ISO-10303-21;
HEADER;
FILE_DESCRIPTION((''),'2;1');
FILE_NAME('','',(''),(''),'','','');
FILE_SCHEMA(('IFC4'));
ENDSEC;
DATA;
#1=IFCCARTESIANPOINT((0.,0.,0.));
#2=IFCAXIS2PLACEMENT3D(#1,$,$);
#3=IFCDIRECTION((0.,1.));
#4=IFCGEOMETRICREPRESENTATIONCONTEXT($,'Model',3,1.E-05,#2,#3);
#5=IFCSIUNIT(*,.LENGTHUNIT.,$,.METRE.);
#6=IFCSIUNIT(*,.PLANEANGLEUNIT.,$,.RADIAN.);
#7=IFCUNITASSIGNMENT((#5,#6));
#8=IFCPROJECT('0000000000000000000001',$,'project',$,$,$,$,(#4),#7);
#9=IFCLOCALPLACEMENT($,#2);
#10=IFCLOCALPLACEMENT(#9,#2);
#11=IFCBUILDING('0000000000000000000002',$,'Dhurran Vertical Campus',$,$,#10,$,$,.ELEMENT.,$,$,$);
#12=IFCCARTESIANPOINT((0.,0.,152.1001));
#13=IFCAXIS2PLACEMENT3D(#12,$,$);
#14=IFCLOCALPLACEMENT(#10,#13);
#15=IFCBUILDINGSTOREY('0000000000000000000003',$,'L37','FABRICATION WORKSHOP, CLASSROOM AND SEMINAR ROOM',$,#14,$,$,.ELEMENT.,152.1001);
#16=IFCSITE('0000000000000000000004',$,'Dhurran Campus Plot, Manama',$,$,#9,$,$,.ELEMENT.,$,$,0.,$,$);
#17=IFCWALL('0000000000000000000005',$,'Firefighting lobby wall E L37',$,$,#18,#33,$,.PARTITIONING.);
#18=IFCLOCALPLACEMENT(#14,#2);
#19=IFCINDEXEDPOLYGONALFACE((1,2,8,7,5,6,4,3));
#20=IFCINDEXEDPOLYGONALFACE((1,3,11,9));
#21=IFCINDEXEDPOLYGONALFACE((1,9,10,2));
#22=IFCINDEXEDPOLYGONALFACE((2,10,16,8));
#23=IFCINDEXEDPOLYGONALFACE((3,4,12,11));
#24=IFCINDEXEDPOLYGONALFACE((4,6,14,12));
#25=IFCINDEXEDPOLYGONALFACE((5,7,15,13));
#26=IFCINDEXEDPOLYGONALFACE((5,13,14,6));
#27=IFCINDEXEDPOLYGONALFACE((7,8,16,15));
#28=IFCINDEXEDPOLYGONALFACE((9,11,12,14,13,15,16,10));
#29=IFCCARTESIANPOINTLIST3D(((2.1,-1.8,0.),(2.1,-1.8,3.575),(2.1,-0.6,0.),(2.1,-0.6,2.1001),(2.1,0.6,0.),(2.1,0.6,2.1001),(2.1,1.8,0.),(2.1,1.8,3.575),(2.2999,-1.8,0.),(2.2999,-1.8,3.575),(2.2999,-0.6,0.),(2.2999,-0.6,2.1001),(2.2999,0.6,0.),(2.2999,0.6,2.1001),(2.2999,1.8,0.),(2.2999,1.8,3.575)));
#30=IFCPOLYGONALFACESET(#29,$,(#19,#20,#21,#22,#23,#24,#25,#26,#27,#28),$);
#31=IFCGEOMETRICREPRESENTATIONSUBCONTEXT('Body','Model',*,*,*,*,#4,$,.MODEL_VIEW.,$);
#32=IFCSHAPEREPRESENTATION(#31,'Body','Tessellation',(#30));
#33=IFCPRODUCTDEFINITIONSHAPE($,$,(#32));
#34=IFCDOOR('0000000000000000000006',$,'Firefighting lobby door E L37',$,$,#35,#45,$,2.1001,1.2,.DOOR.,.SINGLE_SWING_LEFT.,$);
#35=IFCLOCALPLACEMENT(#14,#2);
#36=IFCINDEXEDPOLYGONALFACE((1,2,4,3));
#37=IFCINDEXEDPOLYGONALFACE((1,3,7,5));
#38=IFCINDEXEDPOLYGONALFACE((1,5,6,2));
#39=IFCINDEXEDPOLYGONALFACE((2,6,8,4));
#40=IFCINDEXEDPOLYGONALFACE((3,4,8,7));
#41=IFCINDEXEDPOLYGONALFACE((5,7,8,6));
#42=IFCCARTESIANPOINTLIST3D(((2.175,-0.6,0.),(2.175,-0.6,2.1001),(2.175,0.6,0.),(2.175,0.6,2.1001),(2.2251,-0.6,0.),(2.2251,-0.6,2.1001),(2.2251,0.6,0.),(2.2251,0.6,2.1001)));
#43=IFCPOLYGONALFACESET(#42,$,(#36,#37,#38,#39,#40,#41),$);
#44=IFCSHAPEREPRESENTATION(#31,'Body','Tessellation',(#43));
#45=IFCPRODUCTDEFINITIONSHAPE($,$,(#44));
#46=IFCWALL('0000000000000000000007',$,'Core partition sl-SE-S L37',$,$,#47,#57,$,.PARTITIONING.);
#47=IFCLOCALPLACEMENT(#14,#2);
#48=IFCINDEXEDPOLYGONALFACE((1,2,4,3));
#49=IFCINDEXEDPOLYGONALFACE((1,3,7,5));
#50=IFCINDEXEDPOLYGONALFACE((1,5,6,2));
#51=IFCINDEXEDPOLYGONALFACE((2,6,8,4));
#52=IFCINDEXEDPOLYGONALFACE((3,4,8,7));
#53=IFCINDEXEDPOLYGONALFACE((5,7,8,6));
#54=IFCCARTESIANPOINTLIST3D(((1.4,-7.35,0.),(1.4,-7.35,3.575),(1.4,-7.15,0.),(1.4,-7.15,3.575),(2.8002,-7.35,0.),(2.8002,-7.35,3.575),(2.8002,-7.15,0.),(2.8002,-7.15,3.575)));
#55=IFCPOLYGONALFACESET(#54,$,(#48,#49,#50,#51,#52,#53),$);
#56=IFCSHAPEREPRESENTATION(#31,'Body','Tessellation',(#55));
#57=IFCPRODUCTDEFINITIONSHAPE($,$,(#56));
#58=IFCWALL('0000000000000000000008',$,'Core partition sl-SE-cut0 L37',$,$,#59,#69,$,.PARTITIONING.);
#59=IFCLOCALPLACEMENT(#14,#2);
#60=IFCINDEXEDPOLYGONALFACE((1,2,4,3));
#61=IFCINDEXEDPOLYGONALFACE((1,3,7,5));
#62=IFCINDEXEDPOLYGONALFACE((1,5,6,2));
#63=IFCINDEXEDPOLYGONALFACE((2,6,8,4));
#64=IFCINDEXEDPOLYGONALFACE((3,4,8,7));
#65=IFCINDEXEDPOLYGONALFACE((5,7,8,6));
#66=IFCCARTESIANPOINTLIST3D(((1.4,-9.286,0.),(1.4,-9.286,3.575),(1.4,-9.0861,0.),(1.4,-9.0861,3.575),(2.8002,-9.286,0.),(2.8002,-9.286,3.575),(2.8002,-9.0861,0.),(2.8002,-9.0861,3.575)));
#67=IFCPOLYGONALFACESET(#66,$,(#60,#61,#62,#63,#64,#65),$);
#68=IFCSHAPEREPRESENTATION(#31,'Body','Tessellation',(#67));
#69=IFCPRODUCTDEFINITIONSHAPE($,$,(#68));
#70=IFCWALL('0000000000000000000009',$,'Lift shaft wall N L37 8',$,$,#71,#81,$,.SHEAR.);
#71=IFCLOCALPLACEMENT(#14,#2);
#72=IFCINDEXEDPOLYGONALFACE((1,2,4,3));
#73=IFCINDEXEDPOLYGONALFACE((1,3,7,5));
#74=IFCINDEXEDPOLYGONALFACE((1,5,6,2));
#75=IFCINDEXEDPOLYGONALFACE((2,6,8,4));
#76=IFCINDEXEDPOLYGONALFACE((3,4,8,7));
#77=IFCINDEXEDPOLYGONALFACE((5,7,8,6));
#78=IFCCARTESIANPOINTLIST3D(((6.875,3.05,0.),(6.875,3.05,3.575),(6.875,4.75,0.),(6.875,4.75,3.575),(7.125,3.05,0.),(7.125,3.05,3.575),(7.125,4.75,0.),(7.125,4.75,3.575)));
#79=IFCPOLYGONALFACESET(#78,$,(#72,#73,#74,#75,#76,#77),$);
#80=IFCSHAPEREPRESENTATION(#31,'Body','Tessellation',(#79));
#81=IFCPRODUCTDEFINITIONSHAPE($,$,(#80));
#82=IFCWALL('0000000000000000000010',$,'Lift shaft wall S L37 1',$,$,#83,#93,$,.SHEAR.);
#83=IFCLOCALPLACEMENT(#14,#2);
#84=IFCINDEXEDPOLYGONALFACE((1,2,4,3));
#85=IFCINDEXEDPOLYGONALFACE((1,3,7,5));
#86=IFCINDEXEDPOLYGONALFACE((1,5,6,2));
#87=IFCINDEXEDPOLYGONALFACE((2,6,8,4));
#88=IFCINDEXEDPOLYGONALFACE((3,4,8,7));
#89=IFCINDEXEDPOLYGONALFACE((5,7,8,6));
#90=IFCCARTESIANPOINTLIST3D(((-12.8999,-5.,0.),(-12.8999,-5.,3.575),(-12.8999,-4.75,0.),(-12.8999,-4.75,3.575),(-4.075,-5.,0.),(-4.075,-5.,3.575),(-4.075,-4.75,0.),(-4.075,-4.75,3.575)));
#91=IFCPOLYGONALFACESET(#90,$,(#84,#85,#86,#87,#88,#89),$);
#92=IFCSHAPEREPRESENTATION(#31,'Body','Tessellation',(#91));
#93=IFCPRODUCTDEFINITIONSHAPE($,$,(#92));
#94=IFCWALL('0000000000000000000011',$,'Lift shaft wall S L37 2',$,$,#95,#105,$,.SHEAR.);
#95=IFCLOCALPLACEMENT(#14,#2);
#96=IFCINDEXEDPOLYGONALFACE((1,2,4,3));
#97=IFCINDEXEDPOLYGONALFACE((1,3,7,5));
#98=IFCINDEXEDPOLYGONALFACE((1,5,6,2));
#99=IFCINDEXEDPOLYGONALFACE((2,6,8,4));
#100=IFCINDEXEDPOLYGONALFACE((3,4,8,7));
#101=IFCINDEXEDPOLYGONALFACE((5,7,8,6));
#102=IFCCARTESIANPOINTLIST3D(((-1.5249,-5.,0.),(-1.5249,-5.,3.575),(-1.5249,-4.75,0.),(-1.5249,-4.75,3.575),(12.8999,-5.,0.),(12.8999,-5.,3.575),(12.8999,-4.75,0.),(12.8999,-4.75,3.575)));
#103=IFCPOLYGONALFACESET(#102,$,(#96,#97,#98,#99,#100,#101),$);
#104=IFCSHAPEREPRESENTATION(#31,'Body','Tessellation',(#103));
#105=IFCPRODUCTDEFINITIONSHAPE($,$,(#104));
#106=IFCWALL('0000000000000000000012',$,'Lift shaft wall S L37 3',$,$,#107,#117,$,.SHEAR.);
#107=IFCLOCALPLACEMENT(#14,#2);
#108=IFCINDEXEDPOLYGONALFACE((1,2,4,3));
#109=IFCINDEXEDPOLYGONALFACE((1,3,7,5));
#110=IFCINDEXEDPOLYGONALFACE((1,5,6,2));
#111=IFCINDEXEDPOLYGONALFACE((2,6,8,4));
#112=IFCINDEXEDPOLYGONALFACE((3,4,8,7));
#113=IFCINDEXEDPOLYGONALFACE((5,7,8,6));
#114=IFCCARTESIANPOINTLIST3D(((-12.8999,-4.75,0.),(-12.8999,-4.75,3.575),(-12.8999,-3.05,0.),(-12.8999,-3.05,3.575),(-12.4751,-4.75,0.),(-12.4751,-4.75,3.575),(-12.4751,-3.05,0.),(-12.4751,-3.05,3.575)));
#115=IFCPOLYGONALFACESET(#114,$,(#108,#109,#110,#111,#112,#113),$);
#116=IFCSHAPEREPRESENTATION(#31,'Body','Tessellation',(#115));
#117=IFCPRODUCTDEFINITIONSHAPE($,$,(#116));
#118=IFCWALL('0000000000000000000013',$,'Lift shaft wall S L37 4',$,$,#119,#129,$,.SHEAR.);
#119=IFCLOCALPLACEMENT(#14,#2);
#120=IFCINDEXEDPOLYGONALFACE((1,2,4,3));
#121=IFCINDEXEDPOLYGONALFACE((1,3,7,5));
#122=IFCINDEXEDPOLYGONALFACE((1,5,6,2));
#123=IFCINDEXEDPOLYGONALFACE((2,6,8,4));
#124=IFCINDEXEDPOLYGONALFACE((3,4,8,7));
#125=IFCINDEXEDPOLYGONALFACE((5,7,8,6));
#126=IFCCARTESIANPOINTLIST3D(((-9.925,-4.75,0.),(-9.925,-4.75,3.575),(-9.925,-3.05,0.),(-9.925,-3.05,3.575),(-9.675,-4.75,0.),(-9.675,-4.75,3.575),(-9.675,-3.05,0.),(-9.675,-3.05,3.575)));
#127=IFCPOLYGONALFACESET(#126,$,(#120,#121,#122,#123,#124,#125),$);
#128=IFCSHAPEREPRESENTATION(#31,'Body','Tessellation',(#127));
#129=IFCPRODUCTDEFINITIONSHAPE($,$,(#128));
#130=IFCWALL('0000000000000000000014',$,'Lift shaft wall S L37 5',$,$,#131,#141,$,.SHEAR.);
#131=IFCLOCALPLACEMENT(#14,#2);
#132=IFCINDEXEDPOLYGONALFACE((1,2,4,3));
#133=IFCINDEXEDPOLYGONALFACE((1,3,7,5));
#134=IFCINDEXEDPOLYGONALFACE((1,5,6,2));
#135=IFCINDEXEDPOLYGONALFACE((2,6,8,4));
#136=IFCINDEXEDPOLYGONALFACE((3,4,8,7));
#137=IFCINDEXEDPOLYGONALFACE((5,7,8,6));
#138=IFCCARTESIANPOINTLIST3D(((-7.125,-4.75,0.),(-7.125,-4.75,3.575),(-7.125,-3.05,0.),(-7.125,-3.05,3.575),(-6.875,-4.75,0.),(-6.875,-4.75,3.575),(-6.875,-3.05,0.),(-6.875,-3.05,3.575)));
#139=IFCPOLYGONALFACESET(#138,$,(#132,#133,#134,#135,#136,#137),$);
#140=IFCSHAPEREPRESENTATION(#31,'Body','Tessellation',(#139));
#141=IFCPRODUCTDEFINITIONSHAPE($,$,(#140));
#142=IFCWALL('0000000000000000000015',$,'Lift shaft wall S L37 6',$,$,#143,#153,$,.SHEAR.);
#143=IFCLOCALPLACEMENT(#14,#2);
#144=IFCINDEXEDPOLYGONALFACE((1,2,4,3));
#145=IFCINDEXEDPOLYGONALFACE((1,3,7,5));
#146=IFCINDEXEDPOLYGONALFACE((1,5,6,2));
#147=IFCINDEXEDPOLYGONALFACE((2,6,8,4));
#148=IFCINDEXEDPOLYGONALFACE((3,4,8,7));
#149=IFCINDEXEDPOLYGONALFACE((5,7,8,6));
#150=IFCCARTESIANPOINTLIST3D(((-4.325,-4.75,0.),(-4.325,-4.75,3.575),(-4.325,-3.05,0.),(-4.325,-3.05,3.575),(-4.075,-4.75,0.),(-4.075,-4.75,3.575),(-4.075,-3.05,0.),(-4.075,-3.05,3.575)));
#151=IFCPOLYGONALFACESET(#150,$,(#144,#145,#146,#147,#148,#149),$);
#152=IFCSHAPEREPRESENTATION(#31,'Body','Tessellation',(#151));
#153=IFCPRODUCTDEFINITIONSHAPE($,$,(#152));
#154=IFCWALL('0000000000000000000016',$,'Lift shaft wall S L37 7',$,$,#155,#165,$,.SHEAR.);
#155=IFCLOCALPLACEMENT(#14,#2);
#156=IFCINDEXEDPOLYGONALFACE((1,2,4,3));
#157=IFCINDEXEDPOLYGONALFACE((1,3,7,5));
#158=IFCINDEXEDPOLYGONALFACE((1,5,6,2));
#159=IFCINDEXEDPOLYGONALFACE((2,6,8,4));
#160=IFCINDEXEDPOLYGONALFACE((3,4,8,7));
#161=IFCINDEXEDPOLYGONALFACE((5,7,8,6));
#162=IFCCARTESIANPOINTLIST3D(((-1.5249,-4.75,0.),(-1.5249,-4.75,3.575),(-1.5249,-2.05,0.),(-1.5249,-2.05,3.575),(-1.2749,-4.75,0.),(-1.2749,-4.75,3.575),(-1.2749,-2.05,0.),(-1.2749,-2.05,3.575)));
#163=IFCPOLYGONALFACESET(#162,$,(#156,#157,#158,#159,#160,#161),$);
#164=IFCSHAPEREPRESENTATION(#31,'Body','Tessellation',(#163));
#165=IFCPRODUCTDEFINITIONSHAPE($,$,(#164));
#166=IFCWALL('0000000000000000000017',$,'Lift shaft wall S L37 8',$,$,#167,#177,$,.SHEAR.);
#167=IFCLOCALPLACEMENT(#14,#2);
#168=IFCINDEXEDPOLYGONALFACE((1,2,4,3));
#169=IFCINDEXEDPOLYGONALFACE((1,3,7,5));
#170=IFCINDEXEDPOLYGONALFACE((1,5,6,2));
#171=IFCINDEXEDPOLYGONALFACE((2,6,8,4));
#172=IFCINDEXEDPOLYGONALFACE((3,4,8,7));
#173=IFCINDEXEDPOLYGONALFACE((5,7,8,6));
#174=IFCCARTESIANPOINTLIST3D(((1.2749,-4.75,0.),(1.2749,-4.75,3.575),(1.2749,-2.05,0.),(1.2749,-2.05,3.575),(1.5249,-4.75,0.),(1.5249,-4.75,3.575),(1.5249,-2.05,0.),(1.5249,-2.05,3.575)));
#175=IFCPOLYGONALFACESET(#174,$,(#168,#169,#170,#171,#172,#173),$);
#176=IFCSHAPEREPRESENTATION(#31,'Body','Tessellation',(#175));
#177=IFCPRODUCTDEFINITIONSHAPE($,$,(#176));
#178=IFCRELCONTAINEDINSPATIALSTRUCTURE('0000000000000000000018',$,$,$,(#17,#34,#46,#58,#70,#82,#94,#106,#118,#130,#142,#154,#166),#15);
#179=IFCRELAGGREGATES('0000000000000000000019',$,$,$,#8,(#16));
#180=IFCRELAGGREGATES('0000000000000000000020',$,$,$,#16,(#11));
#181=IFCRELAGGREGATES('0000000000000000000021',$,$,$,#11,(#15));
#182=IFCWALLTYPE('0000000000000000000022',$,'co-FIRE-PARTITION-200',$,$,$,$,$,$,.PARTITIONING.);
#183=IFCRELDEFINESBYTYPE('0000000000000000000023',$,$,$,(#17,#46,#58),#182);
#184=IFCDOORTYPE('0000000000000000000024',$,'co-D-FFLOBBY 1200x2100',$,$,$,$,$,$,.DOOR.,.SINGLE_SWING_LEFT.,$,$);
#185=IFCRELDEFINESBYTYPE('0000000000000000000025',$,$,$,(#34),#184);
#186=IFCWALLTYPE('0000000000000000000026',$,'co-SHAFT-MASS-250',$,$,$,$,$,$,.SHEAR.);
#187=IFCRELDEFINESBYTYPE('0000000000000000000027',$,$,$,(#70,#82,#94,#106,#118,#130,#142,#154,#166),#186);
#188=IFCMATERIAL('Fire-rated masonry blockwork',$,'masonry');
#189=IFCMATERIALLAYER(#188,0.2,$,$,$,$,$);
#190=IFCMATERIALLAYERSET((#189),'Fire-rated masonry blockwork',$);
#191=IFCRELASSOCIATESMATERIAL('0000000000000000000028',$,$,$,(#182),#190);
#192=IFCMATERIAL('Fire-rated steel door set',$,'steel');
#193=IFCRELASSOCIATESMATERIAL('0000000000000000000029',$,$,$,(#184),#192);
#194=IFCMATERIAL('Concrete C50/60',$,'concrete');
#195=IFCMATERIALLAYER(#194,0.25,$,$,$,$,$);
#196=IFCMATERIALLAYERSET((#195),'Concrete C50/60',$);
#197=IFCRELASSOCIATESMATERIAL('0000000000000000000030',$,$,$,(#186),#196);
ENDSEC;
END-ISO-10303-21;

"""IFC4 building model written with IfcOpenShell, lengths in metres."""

from ifc_helpers import new_model, si_unit, direction, frame, frame_2d, origin, place, context, subcontext, project, spatial, polyline, rectangle, outline, extrude, material, layer, layer_set, type_object, element, fill, save


model = new_model("IFC4")

# Units and contexts
model_context = context("Model", 3, precision=1e-05, world=origin(), true_north=direction((0.0, 1.0)))
body_context = subcontext(model_context, "Body", "Model", "MODEL_VIEW")
ifc_project = project(units=[si_unit("LENGTHUNIT", "METRE"), si_unit("PLANEANGLEUNIT", "RADIAN")], contexts=[model_context])

# Site, building, storey
site_placement = place(None, origin())
site = spatial("IfcSite", under=ifc_project, at=site_placement, Name="Dhurran Campus Plot, Manama", CompositionType="ELEMENT", RefElevation=0.0)
building_placement = place(site_placement, origin())
building = spatial("IfcBuilding", under=site, at=building_placement, Name="Dhurran Vertical Campus", CompositionType="ELEMENT")
storey_placement = place(building_placement, frame((0.0, 0.0, 152.1001)))
storey = spatial("IfcBuildingStorey", under=building, at=storey_placement, Name="L37", Description="FABRICATION WORKSHOP, CLASSROOM AND SEMINAR ROOM", CompositionType="ELEMENT", Elevation=152.1001)

# Wall, opening, door
ifc_material_1 = material(Name="Fire-rated masonry blockwork", Category="masonry")
ifc_layer_1 = layer(ifc_material_1, 0.2)
ifc_layer_set_1 = layer_set([ifc_layer_1], Name="Fire-rated masonry blockwork")
wall_type_1 = type_object("IfcWallType", Name="co-FIRE-PARTITION-200", PredefinedType="PARTITIONING", material=ifc_layer_set_1)
wall_1_placement = place(storey_placement, frame((2.2, -1.8, 0.0), z_axis=(0.0, 0.0, 1.0), x_axis=(0.0, 1.0, 0.0)))
wall_1 = element("IfcWall", 1, at=wall_1_placement, inside=storey, type_object=wall_type_1, Name="Firefighting lobby wall E L37", PredefinedType="PARTITIONING", context=body_context, shape_type="SweptSolid", body=[
    extrude(rectangle(XDim=3.6001, YDim=0.2, at=frame_2d((1.8, 0.0))), origin(), (0.0, 0.0, 1.0), 3.575),
])
opening_1_placement = place(wall_1_placement, frame((1.2, 0.0, 0.0)))
opening_1 = element("IfcOpeningElement", 2, at=opening_1_placement, cuts=wall_1, PredefinedType="OPENING", context=body_context, shape_type="SweptSolid", body=[
    extrude(rectangle(XDim=1.2, YDim=2.1001, at=frame_2d((0.6001, 1.05))), frame((0.0, 0.1099, 0.0), z_axis=(0.0, -1.0, 0.0), x_axis=(1.0, 0.0, 0.0)), (0.0, 0.0, 1.0), 0.22),
])
ifc_material_2 = material(Name="Fire-rated steel door set", Category="steel")
door_type_1 = type_object("IfcDoorType", Name="co-D-FFLOBBY 1200x2100", OperationType="SINGLE_SWING_LEFT", PredefinedType="DOOR", material=ifc_material_2)
door_1_placement = place(opening_1_placement, origin())
door_1 = element("IfcDoor", 3, at=door_1_placement, inside=storey, type_object=door_type_1, Name="Firefighting lobby door E L37", OperationType="SINGLE_SWING_LEFT", OverallHeight=2.1001, OverallWidth=1.2, PredefinedType="DOOR", context=body_context, shape_type="SweptSolid", body=[
    extrude(rectangle(XDim=1.2, YDim=2.1001, at=frame_2d((0.6001, 1.05))), frame((0.0, 0.0249, 0.0), z_axis=(0.0, -1.0, 0.0), x_axis=(1.0, 0.0, 0.0)), (0.0, 0.0, 1.0), 0.05),
])
fill(opening_1, door_1)

# Walls
for number, where, z_axis, x_axis, name in (
    (4, (1.3999, -7.25, 0.0), (0.0, 0.0, 1.0), (1.0, 0.0, 0.0), "Core partition sl-SE-S L37"),
    (5, (1.3999, -9.186, 0.0), (0.0, 0.0, 1.0), (1.0, 0.0, 0.0), "Core partition sl-SE-cut0 L37"),
):
    element("IfcWall", number, at=place(storey_placement, frame(where, z_axis=z_axis, x_axis=x_axis)), inside=storey, type_object=wall_type_1, Name=name, PredefinedType="PARTITIONING", context=body_context, shape_type="SweptSolid", body=[
        extrude(rectangle(XDim=1.4001, YDim=0.2, at=frame_2d((0.7002, 0.0))), origin(), (0.0, 0.0, 1.0), 3.575),
    ])
ifc_material_3 = material(Name="Concrete C50/60", Category="concrete")
ifc_layer_2 = layer(ifc_material_3, 0.25)
ifc_layer_set_2 = layer_set([ifc_layer_2], Name="Concrete C50/60")
wall_type_2 = type_object("IfcWallType", Name="co-SHAFT-MASS-250", PredefinedType="SHEAR", material=ifc_layer_set_2)
wall_2_placement = place(storey_placement, origin())
element("IfcWall", 6, at=wall_2_placement, inside=storey, type_object=wall_type_2, Name="Lift shaft wall N L37 8", PredefinedType="SHEAR", context=body_context, shape_type="SweptSolid", body=[
    extrude(outline(polyline([(6.875, 3.05), (7.125, 3.05), (7.125, 4.75), (6.875, 4.75), (6.875, 3.05)])), origin(), (0.0, 0.0, 1.0), 3.575),
])
wall_3_placement = place(storey_placement, origin())
element("IfcWall", 7, at=wall_3_placement, inside=storey, type_object=wall_type_2, Name="Lift shaft wall S L37 1", PredefinedType="SHEAR", context=body_context, shape_type="SweptSolid", body=[
    extrude(outline(polyline([(-12.8999, -5.0), (-4.075, -5.0), (-4.075, -4.75), (-12.8999, -4.75), (-12.8999, -5.0)])), origin(), (0.0, 0.0, 1.0), 3.575),
])
wall_4_placement = place(storey_placement, origin())
element("IfcWall", 8, at=wall_4_placement, inside=storey, type_object=wall_type_2, Name="Lift shaft wall S L37 2", PredefinedType="SHEAR", context=body_context, shape_type="SweptSolid", body=[
    extrude(outline(polyline([(-1.5249, -5.0), (12.8999, -5.0), (12.8999, -4.75), (-1.5249, -4.75), (-1.5249, -5.0)])), origin(), (0.0, 0.0, 1.0), 3.575),
])
wall_5_placement = place(storey_placement, origin())
element("IfcWall", 9, at=wall_5_placement, inside=storey, type_object=wall_type_2, Name="Lift shaft wall S L37 3", PredefinedType="SHEAR", context=body_context, shape_type="SweptSolid", body=[
    extrude(outline(polyline([(-12.8999, -4.75), (-12.4751, -4.75), (-12.4751, -3.05), (-12.8999, -3.05), (-12.8999, -4.75)])), origin(), (0.0, 0.0, 1.0), 3.575),
])
wall_6_placement = place(storey_placement, origin())
element("IfcWall", 10, at=wall_6_placement, inside=storey, type_object=wall_type_2, Name="Lift shaft wall S L37 4", PredefinedType="SHEAR", context=body_context, shape_type="SweptSolid", body=[
    extrude(outline(polyline([(-9.925, -4.75), (-9.675, -4.75), (-9.675, -3.05), (-9.925, -3.05), (-9.925, -4.75)])), origin(), (0.0, 0.0, 1.0), 3.575),
])
wall_7_placement = place(storey_placement, origin())
element("IfcWall", 11, at=wall_7_placement, inside=storey, type_object=wall_type_2, Name="Lift shaft wall S L37 5", PredefinedType="SHEAR", context=body_context, shape_type="SweptSolid", body=[
    extrude(outline(polyline([(-7.125, -4.75), (-6.875, -4.75), (-6.875, -3.05), (-7.125, -3.05), (-7.125, -4.75)])), origin(), (0.0, 0.0, 1.0), 3.575),
])
wall_8_placement = place(storey_placement, origin())
element("IfcWall", 12, at=wall_8_placement, inside=storey, type_object=wall_type_2, Name="Lift shaft wall S L37 6", PredefinedType="SHEAR", context=body_context, shape_type="SweptSolid", body=[
    extrude(outline(polyline([(-4.325, -4.75), (-4.075, -4.75), (-4.075, -3.05), (-4.325, -3.05), (-4.325, -4.75)])), origin(), (0.0, 0.0, 1.0), 3.575),
])
wall_9_placement = place(storey_placement, origin())
element("IfcWall", 13, at=wall_9_placement, inside=storey, type_object=wall_type_2, Name="Lift shaft wall S L37 7", PredefinedType="SHEAR", context=body_context, shape_type="SweptSolid", body=[
    extrude(outline(polyline([(-1.5249, -4.75), (-1.2749, -4.75), (-1.2749, -2.05), (-1.5249, -2.05), (-1.5249, -4.75)])), origin(), (0.0, 0.0, 1.0), 3.575),
])
wall_10_placement = place(storey_placement, origin())
element("IfcWall", 14, at=wall_10_placement, inside=storey, type_object=wall_type_2, Name="Lift shaft wall S L37 8", PredefinedType="SHEAR", context=body_context, shape_type="SweptSolid", body=[
    extrude(outline(polyline([(1.2749, -4.75), (1.5249, -4.75), (1.5249, -2.05), (1.2749, -2.05), (1.2749, -4.75)])), origin(), (0.0, 0.0, 1.0), 3.575),
])

save(model, "model.ifc")
